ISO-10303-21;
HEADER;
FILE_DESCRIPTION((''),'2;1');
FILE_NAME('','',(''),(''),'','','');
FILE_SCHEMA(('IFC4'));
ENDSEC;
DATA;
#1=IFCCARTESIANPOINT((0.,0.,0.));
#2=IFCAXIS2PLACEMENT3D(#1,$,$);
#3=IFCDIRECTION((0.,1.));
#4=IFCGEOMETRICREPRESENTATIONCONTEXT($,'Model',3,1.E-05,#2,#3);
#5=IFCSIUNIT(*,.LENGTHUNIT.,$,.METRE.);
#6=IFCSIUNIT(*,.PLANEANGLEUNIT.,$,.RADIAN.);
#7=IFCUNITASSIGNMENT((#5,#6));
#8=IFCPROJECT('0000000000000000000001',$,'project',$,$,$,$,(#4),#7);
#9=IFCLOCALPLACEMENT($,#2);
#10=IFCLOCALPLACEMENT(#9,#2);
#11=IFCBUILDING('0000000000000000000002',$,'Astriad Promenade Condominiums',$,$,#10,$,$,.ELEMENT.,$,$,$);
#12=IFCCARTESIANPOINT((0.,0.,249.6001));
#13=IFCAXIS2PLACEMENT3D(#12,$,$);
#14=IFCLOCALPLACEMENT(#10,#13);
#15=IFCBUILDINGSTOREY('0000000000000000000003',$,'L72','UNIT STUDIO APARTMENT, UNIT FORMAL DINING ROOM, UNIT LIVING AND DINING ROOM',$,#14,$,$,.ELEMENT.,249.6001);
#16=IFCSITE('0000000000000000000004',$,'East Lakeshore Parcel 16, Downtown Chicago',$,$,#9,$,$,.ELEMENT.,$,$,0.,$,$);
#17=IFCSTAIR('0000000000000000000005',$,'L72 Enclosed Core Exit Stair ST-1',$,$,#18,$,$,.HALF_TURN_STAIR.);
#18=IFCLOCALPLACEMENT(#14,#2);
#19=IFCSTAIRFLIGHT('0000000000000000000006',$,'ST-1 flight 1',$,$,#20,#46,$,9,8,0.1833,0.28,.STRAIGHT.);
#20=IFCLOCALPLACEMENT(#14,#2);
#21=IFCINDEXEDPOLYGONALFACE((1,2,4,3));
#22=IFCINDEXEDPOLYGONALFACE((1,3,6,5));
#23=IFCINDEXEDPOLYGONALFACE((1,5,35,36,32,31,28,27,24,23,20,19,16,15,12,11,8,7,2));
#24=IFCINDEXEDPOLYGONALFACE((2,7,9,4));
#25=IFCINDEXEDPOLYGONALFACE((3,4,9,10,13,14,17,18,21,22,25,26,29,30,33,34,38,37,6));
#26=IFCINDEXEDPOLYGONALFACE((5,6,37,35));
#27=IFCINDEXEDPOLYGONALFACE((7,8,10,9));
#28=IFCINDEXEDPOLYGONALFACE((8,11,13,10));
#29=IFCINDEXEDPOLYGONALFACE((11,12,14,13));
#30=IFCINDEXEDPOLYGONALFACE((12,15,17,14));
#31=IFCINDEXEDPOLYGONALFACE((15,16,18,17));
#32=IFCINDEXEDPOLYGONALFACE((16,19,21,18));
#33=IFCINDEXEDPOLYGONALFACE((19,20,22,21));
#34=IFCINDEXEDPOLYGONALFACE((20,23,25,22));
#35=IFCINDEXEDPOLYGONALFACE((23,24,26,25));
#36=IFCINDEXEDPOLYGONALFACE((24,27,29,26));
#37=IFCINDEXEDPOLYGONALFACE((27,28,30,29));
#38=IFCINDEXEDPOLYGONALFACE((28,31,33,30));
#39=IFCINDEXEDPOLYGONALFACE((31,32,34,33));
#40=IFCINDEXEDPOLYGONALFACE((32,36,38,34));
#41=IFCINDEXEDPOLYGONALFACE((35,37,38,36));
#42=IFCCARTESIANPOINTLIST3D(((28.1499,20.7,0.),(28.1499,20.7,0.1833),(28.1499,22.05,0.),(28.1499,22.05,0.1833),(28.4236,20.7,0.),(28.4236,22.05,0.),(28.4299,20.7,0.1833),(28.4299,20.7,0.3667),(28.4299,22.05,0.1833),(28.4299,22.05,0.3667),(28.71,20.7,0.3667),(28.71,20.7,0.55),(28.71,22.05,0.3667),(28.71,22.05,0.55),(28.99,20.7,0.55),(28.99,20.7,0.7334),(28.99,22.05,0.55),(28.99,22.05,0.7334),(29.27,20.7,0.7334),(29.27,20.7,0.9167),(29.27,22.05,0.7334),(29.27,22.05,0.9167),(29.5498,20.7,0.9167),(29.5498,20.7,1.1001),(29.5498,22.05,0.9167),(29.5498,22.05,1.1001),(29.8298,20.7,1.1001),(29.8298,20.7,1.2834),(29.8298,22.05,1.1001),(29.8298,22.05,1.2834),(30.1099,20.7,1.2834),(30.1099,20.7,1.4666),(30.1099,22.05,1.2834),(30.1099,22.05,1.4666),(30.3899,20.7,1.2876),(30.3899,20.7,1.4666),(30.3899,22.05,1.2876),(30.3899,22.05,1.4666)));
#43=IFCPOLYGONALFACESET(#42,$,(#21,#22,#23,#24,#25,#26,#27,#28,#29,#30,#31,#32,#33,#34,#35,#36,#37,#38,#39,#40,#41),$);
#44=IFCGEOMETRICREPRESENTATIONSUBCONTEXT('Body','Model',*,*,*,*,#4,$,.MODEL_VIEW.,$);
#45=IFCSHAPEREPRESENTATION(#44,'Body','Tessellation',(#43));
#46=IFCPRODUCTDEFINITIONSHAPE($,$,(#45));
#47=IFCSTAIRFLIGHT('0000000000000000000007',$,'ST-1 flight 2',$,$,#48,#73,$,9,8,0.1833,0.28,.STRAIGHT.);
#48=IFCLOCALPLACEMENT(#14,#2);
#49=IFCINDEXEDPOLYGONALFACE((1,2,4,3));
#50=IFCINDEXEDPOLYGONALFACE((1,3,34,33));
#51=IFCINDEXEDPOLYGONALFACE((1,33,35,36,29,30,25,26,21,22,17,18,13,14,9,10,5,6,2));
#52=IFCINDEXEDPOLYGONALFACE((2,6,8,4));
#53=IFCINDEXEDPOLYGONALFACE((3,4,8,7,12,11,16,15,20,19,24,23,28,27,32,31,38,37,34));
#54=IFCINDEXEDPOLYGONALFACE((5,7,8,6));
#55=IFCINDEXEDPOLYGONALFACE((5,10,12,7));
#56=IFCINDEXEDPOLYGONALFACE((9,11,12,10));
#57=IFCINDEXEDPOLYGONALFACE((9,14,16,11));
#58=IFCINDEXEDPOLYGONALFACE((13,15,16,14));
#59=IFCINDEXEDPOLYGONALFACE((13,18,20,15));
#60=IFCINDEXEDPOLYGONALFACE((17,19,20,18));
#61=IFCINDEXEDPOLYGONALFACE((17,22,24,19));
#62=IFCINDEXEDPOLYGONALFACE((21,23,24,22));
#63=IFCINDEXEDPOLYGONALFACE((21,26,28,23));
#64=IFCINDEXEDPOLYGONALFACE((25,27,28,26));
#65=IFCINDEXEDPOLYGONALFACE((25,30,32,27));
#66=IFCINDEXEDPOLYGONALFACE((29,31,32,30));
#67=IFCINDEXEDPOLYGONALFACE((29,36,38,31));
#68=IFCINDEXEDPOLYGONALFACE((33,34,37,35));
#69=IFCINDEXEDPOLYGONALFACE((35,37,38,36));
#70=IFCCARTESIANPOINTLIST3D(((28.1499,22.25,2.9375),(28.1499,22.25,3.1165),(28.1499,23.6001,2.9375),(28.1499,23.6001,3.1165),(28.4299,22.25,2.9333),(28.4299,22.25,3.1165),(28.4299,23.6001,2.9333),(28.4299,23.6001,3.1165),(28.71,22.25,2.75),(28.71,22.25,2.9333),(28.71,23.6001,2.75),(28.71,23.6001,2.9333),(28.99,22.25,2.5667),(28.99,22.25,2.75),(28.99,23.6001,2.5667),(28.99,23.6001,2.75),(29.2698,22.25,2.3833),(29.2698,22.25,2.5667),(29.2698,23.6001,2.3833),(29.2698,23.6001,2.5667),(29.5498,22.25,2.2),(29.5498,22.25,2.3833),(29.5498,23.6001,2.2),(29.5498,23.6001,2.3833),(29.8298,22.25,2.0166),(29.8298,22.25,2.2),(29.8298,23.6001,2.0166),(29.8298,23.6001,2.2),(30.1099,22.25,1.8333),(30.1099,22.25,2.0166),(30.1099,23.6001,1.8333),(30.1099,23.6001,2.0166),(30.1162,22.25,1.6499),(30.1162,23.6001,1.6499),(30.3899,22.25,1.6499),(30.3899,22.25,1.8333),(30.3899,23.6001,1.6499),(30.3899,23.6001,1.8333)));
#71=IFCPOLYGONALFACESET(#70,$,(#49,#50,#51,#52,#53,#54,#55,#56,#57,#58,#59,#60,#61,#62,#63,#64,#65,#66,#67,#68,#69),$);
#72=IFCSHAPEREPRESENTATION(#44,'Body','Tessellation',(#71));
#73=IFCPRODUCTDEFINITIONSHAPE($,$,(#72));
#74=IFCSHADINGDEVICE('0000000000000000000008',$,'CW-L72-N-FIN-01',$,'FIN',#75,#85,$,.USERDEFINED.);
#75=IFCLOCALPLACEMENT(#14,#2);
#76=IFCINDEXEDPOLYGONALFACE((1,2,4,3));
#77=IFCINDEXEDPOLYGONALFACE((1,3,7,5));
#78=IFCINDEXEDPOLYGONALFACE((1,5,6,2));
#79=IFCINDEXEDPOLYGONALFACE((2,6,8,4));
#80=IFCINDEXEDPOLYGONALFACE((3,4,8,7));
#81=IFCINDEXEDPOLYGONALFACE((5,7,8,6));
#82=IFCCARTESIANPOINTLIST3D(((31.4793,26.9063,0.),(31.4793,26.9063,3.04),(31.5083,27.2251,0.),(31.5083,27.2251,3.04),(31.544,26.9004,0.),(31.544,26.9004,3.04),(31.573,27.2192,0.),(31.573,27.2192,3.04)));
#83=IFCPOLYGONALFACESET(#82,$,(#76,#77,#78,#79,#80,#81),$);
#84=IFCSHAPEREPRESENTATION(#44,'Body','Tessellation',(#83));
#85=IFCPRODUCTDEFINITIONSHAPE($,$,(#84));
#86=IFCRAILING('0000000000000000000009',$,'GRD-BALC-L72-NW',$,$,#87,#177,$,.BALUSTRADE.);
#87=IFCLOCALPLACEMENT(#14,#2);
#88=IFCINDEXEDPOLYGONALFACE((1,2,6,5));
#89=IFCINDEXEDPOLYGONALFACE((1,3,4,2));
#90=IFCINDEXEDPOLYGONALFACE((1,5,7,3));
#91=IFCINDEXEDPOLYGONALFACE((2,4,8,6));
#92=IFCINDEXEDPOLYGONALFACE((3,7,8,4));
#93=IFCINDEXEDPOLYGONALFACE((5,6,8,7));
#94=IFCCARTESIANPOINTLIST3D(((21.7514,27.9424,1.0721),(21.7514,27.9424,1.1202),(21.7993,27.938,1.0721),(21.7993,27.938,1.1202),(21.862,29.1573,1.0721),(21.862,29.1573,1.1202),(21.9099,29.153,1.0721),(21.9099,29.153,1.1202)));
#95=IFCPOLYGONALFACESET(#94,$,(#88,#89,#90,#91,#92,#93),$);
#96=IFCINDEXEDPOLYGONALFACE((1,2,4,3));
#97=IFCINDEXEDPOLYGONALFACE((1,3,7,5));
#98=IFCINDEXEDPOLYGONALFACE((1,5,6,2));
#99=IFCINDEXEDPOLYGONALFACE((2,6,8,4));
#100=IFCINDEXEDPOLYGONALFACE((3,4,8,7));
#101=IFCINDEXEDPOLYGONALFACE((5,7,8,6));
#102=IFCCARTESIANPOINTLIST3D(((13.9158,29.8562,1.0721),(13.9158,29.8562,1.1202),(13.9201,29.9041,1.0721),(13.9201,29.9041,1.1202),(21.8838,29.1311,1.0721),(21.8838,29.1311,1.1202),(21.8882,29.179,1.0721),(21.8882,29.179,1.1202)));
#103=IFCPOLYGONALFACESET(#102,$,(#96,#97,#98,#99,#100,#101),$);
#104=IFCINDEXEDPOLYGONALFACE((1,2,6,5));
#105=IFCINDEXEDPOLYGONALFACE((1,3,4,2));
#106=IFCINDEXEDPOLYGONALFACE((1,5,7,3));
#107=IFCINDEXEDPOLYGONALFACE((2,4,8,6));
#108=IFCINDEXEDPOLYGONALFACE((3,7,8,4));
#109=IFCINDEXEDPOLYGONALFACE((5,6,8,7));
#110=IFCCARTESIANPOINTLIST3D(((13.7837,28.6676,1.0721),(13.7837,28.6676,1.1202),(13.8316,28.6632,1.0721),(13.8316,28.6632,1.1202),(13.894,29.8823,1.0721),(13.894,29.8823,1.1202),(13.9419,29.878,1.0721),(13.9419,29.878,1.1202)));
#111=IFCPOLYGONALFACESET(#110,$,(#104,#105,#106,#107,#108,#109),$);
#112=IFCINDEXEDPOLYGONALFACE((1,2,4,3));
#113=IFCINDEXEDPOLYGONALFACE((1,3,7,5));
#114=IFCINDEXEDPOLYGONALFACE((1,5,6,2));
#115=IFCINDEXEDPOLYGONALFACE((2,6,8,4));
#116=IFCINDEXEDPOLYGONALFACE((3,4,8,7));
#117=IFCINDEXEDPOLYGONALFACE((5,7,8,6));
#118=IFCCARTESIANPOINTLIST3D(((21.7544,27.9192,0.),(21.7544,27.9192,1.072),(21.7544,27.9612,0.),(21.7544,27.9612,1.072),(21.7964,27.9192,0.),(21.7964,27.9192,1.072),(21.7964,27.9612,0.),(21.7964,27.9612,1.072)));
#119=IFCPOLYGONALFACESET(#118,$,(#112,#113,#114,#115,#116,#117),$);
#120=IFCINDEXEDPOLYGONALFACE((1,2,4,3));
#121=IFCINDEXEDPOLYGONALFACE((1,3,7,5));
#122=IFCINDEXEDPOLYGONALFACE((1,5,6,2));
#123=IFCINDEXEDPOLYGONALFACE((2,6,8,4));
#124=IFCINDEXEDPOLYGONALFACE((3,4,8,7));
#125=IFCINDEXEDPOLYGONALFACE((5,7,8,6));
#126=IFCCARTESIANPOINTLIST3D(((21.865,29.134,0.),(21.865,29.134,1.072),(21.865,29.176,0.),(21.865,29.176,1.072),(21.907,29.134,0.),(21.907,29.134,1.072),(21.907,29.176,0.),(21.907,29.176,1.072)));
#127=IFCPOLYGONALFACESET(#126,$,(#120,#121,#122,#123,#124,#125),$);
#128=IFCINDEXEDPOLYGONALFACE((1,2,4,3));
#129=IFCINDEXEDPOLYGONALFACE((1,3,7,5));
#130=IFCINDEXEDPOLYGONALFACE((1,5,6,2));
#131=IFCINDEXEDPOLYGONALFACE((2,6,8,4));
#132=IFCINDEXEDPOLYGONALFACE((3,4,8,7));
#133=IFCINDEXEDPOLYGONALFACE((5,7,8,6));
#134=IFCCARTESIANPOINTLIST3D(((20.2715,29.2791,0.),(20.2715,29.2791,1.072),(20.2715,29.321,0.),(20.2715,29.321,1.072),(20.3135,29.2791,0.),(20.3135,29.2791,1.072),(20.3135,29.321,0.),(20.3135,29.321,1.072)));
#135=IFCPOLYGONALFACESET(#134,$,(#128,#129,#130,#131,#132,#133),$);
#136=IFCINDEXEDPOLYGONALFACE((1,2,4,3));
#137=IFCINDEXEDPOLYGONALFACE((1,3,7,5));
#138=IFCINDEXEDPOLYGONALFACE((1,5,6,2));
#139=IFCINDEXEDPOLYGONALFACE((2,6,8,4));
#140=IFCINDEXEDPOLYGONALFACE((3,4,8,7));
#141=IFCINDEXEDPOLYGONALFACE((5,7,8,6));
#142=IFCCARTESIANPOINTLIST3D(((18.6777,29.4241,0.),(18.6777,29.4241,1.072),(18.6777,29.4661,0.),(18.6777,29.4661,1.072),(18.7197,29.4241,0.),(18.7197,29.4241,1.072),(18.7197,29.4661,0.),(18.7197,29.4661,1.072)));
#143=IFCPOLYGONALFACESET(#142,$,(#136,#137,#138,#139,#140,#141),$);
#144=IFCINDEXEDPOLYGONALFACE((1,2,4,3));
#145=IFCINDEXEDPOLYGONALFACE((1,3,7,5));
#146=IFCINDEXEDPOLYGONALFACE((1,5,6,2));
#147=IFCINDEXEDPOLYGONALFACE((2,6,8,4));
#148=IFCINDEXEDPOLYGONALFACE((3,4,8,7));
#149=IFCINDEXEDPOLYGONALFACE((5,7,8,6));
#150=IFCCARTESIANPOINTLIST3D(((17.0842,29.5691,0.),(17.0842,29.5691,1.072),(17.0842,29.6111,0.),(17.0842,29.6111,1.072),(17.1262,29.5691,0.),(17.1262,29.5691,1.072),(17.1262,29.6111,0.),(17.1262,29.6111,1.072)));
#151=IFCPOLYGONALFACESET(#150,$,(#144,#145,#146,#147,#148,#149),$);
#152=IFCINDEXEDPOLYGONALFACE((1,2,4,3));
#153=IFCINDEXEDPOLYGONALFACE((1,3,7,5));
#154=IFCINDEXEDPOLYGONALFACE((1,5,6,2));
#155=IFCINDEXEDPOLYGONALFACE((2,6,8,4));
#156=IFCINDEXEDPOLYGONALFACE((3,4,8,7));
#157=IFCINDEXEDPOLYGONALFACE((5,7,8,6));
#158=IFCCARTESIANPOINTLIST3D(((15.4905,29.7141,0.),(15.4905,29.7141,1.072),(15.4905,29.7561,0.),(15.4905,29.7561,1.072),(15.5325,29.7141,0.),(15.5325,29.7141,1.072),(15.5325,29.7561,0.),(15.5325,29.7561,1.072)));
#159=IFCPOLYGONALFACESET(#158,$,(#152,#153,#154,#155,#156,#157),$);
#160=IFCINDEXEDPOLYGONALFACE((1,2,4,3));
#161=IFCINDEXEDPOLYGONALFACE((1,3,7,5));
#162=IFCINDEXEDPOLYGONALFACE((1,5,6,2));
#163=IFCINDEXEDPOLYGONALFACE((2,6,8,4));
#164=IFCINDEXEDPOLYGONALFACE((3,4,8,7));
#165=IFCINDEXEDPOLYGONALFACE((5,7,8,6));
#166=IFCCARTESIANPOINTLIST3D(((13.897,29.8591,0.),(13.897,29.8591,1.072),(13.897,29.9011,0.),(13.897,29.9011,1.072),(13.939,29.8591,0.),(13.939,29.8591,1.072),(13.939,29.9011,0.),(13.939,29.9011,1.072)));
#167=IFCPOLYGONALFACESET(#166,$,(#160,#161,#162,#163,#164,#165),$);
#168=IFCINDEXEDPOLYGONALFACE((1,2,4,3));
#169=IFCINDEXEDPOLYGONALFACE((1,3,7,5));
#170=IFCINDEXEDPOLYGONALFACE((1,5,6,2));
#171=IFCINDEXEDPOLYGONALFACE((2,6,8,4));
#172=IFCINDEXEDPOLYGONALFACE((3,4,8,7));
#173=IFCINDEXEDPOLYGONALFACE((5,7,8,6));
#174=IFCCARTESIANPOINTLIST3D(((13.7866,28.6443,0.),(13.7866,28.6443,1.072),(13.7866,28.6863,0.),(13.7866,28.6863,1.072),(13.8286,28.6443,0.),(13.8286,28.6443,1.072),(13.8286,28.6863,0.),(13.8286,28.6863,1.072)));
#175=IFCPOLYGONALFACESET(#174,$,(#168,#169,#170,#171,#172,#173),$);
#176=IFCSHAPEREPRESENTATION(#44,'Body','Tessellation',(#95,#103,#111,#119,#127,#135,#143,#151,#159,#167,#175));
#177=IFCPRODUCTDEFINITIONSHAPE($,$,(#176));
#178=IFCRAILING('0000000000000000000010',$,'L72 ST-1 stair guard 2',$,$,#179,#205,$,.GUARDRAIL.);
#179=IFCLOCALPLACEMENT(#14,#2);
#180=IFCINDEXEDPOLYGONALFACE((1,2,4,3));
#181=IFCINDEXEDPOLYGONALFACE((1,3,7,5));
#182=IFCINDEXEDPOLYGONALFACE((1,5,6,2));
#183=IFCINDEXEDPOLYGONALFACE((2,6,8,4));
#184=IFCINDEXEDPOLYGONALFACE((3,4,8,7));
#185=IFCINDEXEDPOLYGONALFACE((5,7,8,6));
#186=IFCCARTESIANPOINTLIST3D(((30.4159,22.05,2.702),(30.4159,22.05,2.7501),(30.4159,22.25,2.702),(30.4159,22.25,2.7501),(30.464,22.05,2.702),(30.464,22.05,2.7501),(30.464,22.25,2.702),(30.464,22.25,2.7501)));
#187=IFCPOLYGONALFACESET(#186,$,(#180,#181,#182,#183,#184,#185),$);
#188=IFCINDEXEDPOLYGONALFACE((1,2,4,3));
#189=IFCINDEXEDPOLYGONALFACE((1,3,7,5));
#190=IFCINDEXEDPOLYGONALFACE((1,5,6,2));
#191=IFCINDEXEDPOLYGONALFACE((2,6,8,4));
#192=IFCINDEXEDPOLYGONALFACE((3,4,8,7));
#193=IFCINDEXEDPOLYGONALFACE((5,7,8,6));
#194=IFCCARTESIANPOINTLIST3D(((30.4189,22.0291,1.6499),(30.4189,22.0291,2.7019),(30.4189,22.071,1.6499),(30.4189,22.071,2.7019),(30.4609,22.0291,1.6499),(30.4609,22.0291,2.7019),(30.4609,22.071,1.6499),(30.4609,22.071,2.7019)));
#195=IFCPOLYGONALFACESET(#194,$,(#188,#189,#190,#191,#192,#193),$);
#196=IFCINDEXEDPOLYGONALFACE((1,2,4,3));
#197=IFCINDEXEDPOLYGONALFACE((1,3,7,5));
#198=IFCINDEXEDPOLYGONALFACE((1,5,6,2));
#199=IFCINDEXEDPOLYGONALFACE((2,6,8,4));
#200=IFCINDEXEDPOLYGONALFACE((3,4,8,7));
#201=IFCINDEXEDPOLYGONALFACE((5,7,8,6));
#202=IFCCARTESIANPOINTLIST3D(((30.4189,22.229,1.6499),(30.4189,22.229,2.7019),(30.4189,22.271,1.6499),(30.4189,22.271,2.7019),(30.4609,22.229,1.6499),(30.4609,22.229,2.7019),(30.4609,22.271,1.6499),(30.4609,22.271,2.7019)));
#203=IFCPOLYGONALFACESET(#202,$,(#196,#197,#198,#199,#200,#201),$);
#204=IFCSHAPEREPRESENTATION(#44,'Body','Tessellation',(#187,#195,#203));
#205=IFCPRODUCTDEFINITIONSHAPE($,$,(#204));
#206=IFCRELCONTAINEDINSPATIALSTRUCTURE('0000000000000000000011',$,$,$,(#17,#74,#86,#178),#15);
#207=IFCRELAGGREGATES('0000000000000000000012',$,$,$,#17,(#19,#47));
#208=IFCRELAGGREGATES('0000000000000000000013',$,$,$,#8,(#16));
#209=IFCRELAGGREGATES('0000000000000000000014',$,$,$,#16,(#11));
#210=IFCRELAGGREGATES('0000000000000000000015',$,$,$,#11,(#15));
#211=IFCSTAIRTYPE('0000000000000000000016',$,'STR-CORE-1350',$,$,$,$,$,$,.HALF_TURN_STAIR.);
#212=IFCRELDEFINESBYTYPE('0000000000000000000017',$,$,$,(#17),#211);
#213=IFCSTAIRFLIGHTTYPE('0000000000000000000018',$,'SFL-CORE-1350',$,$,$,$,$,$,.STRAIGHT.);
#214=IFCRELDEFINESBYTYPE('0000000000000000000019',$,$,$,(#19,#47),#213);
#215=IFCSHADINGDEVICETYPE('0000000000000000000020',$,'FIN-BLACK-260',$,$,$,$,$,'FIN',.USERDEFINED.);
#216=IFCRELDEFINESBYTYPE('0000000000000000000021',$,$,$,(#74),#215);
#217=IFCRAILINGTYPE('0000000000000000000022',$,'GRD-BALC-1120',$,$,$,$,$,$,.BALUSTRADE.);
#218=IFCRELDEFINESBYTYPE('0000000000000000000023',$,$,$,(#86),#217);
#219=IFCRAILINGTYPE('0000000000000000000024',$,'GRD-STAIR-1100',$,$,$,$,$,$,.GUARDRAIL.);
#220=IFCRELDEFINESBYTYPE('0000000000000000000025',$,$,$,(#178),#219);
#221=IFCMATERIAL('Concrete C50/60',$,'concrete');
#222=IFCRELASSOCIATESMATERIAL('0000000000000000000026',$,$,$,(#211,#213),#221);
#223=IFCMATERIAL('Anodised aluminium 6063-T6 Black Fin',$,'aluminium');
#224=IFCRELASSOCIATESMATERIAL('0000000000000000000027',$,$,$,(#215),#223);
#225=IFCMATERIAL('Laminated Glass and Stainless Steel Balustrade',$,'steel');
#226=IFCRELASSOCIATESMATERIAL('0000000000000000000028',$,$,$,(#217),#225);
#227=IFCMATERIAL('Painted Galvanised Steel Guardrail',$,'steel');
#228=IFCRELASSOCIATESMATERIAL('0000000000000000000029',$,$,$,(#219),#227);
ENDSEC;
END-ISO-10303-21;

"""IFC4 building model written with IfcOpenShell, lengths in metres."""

from ifc_helpers import new_model, si_unit, direction, frame, origin, origin_2d, place, context, subcontext, project, spatial, polyline, rectangle, outline, extrude, source, transform, mapped, material, type_object, type_shapes, element, aggregate, save


model = new_model("IFC4")

# Units and contexts
model_context = context("Model", 3, precision=1e-05, world=origin(), true_north=direction((0.0, 1.0)))
body_context = subcontext(model_context, "Body", "Model", "MODEL_VIEW")
ifc_project = project(units=[si_unit("LENGTHUNIT", "METRE"), si_unit("PLANEANGLEUNIT", "RADIAN")], contexts=[model_context])

# Site, building, storey
site_placement = place(None, origin())
site = spatial("IfcSite", under=ifc_project, at=site_placement, Name="East Lakeshore Parcel 16, Downtown Chicago", CompositionType="ELEMENT", RefElevation=0.0)
building_placement = place(site_placement, origin())
building = spatial("IfcBuilding", under=site, at=building_placement, Name="Astriad Promenade Condominiums", CompositionType="ELEMENT")
storey_placement = place(building_placement, frame((0.0, 0.0, 249.6001)))
storey = spatial("IfcBuildingStorey", under=building, at=storey_placement, Name="L72", Description="UNIT STUDIO APARTMENT, UNIT FORMAL DINING ROOM, UNIT LIVING AND DINING ROOM", CompositionType="ELEMENT", Elevation=249.6001)

# Shared definitions
ifc_material_1 = material(Name="Concrete C50/60", Category="concrete")

# Stair, stair flights
stair_type = type_object("IfcStairType", Name="STR-CORE-1350", PredefinedType="HALF_TURN_STAIR", material=ifc_material_1)
stair_placement = place(storey_placement, origin())
stair = element("IfcStair", 1, at=stair_placement, inside=storey, type_object=stair_type, Name="L72 Enclosed Core Exit Stair ST-1", PredefinedType="HALF_TURN_STAIR")
stair_flight_type = type_object("IfcStairFlightType", Name="SFL-CORE-1350", PredefinedType="STRAIGHT", material=ifc_material_1)
shared_shape_1 = source(origin(), body_context, "Body", "SweptSolid", [
    extrude(outline(polyline([(0.0, 0.0), (0.0, 0.1833), (0.28, 0.1833), (0.28, 0.3667), (0.5601, 0.3667), (0.5601, 0.55), (0.8401, 0.55), (0.8401, 0.7334), (1.1201, 0.7334), (1.1201, 0.9167), (1.3999, 0.9167), (1.3999, 1.1001), (1.6799, 1.1001), (1.6799, 1.2834), (1.96, 1.2834), (1.96, 1.4666), (2.24, 1.4666), (2.24, 1.6499), (2.24, 1.2876), (0.2737, 0.0), (0.0, 0.0)])), frame((0.0, 0.675, 0.0), z_axis=(0.0, -1.0, 0.0), x_axis=(1.0, 0.0, 0.0)), (0.0, 0.0, 1.0), 1.3501),
])
type_shapes(stair_flight_type, [shared_shape_1])
stair_flight_1_placement = place(storey_placement, frame((28.1499, 21.375, 0.0), z_axis=(0.0, 0.0, 1.0), x_axis=(1.0, 0.0, 0.0)))
stair_flight_1 = element("IfcStairFlight", 2, at=stair_flight_1_placement, type_object=stair_flight_type, Name="ST-1 flight 1", NumberOfRisers=9, NumberOfTreads=8, PredefinedType="STRAIGHT", RiserHeight=0.1833, TreadLength=0.28, context=body_context, shape_type="MappedRepresentation", body=[
    mapped(shared_shape_1, transform((0.0, 0.0, 0.0), scale=1.0)),
])
stair_flight_2_placement = place(storey_placement, frame((30.3899, 22.925, 1.6499), z_axis=(0.0, 0.0, 1.0), x_axis=(-1.0, 0.0, 0.0)))
stair_flight_2 = element("IfcStairFlight", 3, at=stair_flight_2_placement, type_object=stair_flight_type, Name="ST-1 flight 2", NumberOfRisers=9, NumberOfTreads=8, PredefinedType="STRAIGHT", RiserHeight=0.1833, TreadLength=0.28, context=body_context, shape_type="MappedRepresentation", body=[
    mapped(shared_shape_1, transform((0.0, 0.0, 0.0), scale=1.0)),
])
aggregate(stair, [stair_flight_1, stair_flight_2])

# Shading device
ifc_material_2 = material(Name="Anodised aluminium 6063-T6 Black Fin", Category="aluminium")
shading_device_type = type_object("IfcShadingDeviceType", Name="FIN-BLACK-260", ElementType="FIN", PredefinedType="USERDEFINED", material=ifc_material_2)
shared_shape_2 = source(origin(), body_context, "Body", "SweptSolid", [
    extrude(rectangle(XDim=0.0649, YDim=0.3201, at=origin_2d()), origin(), (0.0, 0.0, 1.0), 3.04),
])
type_shapes(shading_device_type, [shared_shape_2])
shading_device_placement = place(storey_placement, frame((31.5261, 27.0627, 0.0), z_axis=(0.0, 0.0, 1.0), x_axis=(0.995884, -0.090633, 0.0)))
element("IfcShadingDevice", 4, at=shading_device_placement, inside=storey, type_object=shading_device_type, Name="CW-L72-N-FIN-01", ObjectType="FIN", PredefinedType="USERDEFINED", context=body_context, shape_type="MappedRepresentation", body=[
    mapped(shared_shape_2, transform((0.0, 0.0, 0.0), scale=1.0)),
])

# Railings
ifc_material_3 = material(Name="Laminated Glass and Stainless Steel Balustrade", Category="steel")
railing_type_1 = type_object("IfcRailingType", Name="GRD-BALC-1120", PredefinedType="BALUSTRADE", material=ifc_material_3)
shared_shape_3 = source(origin(), body_context, "Body", "SweptSolid", [
    extrude(rectangle(XDim=0.0481, YDim=0.0481, at=origin_2d()), frame((0.0, 0.0, 1.0962), z_axis=(0.090662, 0.995882, 0.0), x_axis=(-0.995882, 0.090662, 0.0)), (0.0, 0.0, 1.0), 1.22),
    extrude(rectangle(XDim=0.0481, YDim=0.0481, at=origin_2d()), frame((0.1106, 1.2148, 1.0962), z_axis=(-0.995885, 0.090627, 0.0), x_axis=(-0.090627, -0.995885, 0.0)), (0.0, 0.0, 1.0), 8.001),
    extrude(rectangle(XDim=0.0481, YDim=0.0481, at=origin_2d()), frame((-7.8574, 1.9399, 1.0962), z_axis=(-0.090464, -0.9959, 0.0), x_axis=(0.9959, -0.090464, 0.0)), (0.0, 0.0, 1.0), 1.2197),
    extrude(rectangle(XDim=0.042, YDim=0.042, at=origin_2d()), origin(), (0.0, 0.0, 1.0), 1.072),
    extrude(rectangle(XDim=0.042, YDim=0.042, at=origin_2d()), frame((0.1106, 1.2148, 0.0)), (0.0, 0.0, 1.0), 1.072),
    extrude(rectangle(XDim=0.042, YDim=0.042, at=origin_2d()), frame((-1.4829, 1.3599, 0.0)), (0.0, 0.0, 1.0), 1.072),
    extrude(rectangle(XDim=0.042, YDim=0.042, at=origin_2d()), frame((-3.0767, 1.5049, 0.0)), (0.0, 0.0, 1.0), 1.072),
    extrude(rectangle(XDim=0.042, YDim=0.042, at=origin_2d()), frame((-4.6702, 1.6499, 0.0)), (0.0, 0.0, 1.0), 1.072),
    extrude(rectangle(XDim=0.042, YDim=0.042, at=origin_2d()), frame((-6.2639, 1.7949, 0.0)), (0.0, 0.0, 1.0), 1.072),
    extrude(rectangle(XDim=0.042, YDim=0.042, at=origin_2d()), frame((-7.8574, 1.9399, 0.0)), (0.0, 0.0, 1.0), 1.072),
    extrude(rectangle(XDim=0.042, YDim=0.042, at=origin_2d()), frame((-7.9678, 0.7251, 0.0)), (0.0, 0.0, 1.0), 1.072),
])
type_shapes(railing_type_1, [shared_shape_3])
railing_1_placement = place(storey_placement, frame((21.7754, 27.9402, 0.0)))
element("IfcRailing", 5, at=railing_1_placement, inside=storey, type_object=railing_type_1, Name="GRD-BALC-L72-NW", PredefinedType="BALUSTRADE", context=body_context, shape_type="MappedRepresentation", body=[
    mapped(shared_shape_3, transform((0.0, 0.0, 0.0), scale=1.0)),
])
ifc_material_4 = material(Name="Painted Galvanised Steel Guardrail", Category="steel")
railing_type_2 = type_object("IfcRailingType", Name="GRD-STAIR-1100", PredefinedType="GUARDRAIL", material=ifc_material_4)
shared_shape_4 = source(origin(), body_context, "Body", "SweptSolid", [
    extrude(rectangle(XDim=0.0481, YDim=0.0481, at=origin_2d()), frame((0.0, 0.0, 1.0762), z_axis=(0.0, 1.0, 0.0), x_axis=(-1.0, 0.0, 0.0)), (0.0, 0.0, 1.0), 0.2),
    extrude(rectangle(XDim=0.042, YDim=0.042, at=origin_2d()), origin(), (0.0, 0.0, 1.0), 1.052),
    extrude(rectangle(XDim=0.042, YDim=0.042, at=origin_2d()), frame((0.0, 0.2, 0.0)), (0.0, 0.0, 1.0), 1.052),
])
for number, where, name in (
    (6, (30.4399, 22.05, 1.6499), "L72 ST-1 stair guard 2"),
):
    element("IfcRailing", number, at=place(storey_placement, frame(where)), inside=storey, type_object=railing_type_2, Name=name, PredefinedType="GUARDRAIL", context=body_context, shape_type="MappedRepresentation", body=[
        mapped(shared_shape_4, transform((0.0, 0.0, 0.0), scale=1.0)),
    ])

save(model, "model.ifc")
